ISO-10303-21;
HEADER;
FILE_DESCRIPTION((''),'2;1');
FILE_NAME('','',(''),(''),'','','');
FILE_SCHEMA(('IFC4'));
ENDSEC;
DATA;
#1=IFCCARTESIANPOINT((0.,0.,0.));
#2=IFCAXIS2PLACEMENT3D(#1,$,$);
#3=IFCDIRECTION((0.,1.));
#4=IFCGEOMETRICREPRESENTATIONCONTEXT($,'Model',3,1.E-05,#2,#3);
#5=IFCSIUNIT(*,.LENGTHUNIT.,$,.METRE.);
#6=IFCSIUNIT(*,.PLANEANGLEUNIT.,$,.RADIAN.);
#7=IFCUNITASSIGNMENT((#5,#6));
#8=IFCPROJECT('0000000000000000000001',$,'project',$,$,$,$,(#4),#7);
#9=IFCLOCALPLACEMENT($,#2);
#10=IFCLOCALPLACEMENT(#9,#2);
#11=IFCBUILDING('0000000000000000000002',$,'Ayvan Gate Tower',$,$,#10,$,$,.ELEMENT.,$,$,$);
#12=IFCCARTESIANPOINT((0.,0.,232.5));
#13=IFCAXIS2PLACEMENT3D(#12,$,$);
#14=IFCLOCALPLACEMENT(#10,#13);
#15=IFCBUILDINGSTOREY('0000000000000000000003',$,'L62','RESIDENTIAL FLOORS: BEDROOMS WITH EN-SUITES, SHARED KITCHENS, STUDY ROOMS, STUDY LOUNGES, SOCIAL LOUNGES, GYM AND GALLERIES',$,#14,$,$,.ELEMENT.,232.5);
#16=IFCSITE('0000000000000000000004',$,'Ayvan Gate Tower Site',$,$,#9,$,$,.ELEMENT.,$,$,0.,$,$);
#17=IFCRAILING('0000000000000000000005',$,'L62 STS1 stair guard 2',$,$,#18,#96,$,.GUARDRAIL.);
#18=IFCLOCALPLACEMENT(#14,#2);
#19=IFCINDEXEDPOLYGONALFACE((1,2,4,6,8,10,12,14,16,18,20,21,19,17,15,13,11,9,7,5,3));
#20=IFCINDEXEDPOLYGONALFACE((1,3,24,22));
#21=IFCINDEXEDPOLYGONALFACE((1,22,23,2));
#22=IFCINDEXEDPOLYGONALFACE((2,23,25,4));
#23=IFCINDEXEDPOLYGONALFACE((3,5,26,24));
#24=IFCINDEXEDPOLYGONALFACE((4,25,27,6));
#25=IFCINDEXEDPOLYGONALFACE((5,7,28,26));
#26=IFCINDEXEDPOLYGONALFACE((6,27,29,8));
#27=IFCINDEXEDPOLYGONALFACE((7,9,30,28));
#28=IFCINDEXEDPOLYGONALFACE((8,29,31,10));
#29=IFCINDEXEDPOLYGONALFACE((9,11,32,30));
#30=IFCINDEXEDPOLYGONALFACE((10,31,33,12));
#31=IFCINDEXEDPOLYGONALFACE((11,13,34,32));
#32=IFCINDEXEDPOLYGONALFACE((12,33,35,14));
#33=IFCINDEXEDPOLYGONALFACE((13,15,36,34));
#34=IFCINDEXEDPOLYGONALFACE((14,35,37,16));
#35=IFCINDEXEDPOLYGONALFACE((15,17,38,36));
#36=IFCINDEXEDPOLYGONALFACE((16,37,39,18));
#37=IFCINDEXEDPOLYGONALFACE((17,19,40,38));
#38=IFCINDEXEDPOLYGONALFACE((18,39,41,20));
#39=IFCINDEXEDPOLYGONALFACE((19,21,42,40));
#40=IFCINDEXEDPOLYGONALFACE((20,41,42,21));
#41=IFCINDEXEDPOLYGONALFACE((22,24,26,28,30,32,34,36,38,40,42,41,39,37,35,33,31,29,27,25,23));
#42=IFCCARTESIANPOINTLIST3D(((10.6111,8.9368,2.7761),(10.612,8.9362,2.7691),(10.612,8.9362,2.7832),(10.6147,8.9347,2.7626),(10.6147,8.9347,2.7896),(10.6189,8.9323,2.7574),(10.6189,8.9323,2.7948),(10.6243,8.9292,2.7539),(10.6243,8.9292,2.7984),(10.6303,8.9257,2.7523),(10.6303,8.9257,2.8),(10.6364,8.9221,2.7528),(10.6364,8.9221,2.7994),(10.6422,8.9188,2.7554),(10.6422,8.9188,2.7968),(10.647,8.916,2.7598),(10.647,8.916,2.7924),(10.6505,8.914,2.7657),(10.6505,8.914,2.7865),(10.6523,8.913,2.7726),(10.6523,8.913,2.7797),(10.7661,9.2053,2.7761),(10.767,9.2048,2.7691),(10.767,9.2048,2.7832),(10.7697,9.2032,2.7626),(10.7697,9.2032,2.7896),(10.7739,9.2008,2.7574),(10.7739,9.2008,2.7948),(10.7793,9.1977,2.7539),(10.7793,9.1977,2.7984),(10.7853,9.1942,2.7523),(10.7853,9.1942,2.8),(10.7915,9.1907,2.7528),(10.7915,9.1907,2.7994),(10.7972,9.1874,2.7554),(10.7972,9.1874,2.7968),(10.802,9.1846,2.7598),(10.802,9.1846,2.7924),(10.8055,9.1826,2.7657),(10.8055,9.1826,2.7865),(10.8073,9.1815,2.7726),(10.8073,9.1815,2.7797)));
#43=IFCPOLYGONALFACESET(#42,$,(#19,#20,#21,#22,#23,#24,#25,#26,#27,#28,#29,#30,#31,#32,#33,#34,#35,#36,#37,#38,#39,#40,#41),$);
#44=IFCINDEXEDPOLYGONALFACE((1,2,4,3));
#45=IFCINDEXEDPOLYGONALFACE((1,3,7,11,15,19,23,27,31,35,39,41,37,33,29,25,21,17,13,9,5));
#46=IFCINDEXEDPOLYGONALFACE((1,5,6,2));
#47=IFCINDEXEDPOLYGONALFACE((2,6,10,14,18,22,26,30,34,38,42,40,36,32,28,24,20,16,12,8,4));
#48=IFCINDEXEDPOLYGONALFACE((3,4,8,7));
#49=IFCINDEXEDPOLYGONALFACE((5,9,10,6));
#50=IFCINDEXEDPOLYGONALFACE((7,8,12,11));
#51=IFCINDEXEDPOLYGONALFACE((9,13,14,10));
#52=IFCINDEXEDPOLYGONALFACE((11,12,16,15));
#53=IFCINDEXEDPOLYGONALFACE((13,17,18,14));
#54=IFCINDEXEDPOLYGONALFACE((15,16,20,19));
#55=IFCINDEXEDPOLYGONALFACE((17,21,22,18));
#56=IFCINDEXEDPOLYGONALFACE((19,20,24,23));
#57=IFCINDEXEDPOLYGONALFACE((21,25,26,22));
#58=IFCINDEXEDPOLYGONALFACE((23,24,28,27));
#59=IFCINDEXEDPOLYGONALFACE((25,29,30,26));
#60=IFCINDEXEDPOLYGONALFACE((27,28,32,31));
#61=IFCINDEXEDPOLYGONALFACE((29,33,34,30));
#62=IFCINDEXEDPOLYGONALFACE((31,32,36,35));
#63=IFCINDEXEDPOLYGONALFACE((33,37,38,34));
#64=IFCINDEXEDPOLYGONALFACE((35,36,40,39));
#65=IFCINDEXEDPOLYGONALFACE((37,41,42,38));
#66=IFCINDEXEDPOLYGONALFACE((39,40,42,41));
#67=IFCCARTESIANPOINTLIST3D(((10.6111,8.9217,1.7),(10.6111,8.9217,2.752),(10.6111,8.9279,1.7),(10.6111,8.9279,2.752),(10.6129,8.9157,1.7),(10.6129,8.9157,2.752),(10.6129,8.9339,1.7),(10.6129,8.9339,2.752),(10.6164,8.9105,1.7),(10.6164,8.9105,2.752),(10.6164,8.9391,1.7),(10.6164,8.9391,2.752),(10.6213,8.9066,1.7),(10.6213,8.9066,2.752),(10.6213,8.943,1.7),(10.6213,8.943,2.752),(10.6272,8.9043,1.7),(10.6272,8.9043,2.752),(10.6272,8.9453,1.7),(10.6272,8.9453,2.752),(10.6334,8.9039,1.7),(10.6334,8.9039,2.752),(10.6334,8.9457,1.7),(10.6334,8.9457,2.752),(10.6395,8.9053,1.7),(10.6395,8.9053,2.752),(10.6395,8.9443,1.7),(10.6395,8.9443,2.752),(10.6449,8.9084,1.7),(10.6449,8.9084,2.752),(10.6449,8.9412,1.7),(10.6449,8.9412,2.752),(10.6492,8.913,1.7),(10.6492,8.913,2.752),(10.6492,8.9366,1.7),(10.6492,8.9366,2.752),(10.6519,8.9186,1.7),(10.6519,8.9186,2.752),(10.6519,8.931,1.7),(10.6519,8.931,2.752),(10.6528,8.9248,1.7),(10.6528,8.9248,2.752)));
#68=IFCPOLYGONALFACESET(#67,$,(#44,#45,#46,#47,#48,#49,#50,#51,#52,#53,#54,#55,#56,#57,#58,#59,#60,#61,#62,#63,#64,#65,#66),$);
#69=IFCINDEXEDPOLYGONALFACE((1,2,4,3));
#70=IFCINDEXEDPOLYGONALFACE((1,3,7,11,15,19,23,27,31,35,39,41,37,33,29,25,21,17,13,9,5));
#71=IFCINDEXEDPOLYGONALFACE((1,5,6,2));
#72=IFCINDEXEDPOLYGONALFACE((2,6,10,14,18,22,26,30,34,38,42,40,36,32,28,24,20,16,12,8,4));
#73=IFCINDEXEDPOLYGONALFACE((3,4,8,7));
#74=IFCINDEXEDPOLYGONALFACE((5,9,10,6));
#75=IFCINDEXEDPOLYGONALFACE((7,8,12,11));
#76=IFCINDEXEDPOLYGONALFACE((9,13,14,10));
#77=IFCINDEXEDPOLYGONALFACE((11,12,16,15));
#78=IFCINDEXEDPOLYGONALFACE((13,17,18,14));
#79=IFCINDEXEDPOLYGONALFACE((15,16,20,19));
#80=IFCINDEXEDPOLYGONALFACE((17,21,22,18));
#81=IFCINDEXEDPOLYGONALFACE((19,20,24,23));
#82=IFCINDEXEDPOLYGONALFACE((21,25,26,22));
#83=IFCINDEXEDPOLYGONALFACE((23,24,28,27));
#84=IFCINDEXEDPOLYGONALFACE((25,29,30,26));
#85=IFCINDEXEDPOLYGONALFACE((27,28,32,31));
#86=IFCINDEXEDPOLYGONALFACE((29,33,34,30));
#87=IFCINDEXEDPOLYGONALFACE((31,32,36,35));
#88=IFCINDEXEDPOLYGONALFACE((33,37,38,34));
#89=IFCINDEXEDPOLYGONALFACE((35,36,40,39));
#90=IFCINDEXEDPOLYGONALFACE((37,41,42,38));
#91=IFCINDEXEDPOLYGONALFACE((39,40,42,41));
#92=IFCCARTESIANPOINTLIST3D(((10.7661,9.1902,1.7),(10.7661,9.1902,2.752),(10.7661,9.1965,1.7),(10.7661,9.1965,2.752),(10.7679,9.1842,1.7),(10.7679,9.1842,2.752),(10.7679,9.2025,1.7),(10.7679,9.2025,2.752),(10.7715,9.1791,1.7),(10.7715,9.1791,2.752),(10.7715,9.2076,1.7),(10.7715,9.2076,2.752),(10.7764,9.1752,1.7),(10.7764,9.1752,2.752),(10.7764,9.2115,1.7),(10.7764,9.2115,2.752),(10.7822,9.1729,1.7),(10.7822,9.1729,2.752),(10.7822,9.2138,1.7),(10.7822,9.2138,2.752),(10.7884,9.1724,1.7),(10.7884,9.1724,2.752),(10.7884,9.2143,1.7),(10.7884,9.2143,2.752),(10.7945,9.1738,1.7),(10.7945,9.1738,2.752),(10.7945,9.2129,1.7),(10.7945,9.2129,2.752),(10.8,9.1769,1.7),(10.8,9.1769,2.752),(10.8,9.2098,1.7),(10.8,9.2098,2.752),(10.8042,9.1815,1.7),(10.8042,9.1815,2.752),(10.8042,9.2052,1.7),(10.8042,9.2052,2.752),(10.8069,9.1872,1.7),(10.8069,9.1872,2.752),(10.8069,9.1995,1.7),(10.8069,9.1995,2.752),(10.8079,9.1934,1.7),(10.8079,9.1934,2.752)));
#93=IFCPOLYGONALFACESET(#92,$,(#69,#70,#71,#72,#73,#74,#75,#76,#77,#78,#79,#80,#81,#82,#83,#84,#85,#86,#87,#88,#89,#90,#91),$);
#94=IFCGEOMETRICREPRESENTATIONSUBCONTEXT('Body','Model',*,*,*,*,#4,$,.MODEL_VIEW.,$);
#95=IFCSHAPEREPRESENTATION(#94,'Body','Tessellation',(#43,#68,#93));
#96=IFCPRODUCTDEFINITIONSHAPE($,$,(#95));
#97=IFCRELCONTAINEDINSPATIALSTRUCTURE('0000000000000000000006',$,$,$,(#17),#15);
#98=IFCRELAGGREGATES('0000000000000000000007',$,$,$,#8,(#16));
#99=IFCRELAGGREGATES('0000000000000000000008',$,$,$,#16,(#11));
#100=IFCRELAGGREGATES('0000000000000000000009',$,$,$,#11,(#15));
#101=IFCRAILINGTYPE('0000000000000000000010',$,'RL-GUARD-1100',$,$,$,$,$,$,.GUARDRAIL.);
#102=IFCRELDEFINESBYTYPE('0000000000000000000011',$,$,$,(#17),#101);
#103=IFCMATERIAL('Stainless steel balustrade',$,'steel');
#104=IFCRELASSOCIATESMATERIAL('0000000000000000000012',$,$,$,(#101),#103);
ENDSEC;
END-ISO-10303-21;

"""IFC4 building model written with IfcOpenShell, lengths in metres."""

from ifc_helpers import new_model, si_unit, direction, frame, origin, origin_2d, place, context, subcontext, project, spatial, circle, extrude, material, type_object, element, save


model = new_model("IFC4")

# Units and contexts
model_context = context("Model", 3, precision=1e-05, world=origin(), true_north=direction((0.0, 1.0)))
body_context = subcontext(model_context, "Body", "Model", "MODEL_VIEW")
ifc_project = project(units=[si_unit("LENGTHUNIT", "METRE"), si_unit("PLANEANGLEUNIT", "RADIAN")], contexts=[model_context])

# Site, building, storey
site_placement = place(None, origin())
site = spatial("IfcSite", under=ifc_project, at=site_placement, Name="Ayvan Gate Tower Site", CompositionType="ELEMENT", RefElevation=0.0)
building_placement = place(site_placement, origin())
building = spatial("IfcBuilding", under=site, at=building_placement, Name="Ayvan Gate Tower", CompositionType="ELEMENT")
storey_placement = place(building_placement, frame((0.0, 0.0, 232.5)))
storey = spatial("IfcBuildingStorey", under=building, at=storey_placement, Name="L62", Description="RESIDENTIAL FLOORS: BEDROOMS WITH EN-SUITES, SHARED KITCHENS, STUDY ROOMS, STUDY LOUNGES, SOCIAL LOUNGES, GYM AND GALLERIES", CompositionType="ELEMENT", Elevation=232.5)

# Railing
ifc_material_1 = material(Name="Stainless steel balustrade", Category="steel")
railing_type_1 = type_object("IfcRailingType", Name="RL-GUARD-1100", PredefinedType="GUARDRAIL", material=ifc_material_1)
railing_1_placement = place(storey_placement, frame((10.6318, 8.9248, 1.7)))
element("IfcRailing", 1, at=railing_1_placement, inside=storey, type_object=railing_type_1, Name="L62 STS1 stair guard 2", PredefinedType="GUARDRAIL", context=body_context, shape_type="SweptSolid", body=[
    extrude(circle(Radius=0.0239, at=origin_2d()), frame((0.0, 0.0, 1.0762), z_axis=(0.49995, 0.866054, 0.0), x_axis=(-0.866054, 0.49995, 0.0)), (0.0, 0.0, 1.0), 0.3101),
    extrude(circle(Radius=0.021, at=origin_2d()), origin(), (0.0, 0.0, 1.0), 1.052),
    extrude(circle(Radius=0.021, at=origin_2d()), frame((0.155, 0.2686, 0.0)), (0.0, 0.0, 1.0), 1.052),
])

save(model, "model.ifc")
